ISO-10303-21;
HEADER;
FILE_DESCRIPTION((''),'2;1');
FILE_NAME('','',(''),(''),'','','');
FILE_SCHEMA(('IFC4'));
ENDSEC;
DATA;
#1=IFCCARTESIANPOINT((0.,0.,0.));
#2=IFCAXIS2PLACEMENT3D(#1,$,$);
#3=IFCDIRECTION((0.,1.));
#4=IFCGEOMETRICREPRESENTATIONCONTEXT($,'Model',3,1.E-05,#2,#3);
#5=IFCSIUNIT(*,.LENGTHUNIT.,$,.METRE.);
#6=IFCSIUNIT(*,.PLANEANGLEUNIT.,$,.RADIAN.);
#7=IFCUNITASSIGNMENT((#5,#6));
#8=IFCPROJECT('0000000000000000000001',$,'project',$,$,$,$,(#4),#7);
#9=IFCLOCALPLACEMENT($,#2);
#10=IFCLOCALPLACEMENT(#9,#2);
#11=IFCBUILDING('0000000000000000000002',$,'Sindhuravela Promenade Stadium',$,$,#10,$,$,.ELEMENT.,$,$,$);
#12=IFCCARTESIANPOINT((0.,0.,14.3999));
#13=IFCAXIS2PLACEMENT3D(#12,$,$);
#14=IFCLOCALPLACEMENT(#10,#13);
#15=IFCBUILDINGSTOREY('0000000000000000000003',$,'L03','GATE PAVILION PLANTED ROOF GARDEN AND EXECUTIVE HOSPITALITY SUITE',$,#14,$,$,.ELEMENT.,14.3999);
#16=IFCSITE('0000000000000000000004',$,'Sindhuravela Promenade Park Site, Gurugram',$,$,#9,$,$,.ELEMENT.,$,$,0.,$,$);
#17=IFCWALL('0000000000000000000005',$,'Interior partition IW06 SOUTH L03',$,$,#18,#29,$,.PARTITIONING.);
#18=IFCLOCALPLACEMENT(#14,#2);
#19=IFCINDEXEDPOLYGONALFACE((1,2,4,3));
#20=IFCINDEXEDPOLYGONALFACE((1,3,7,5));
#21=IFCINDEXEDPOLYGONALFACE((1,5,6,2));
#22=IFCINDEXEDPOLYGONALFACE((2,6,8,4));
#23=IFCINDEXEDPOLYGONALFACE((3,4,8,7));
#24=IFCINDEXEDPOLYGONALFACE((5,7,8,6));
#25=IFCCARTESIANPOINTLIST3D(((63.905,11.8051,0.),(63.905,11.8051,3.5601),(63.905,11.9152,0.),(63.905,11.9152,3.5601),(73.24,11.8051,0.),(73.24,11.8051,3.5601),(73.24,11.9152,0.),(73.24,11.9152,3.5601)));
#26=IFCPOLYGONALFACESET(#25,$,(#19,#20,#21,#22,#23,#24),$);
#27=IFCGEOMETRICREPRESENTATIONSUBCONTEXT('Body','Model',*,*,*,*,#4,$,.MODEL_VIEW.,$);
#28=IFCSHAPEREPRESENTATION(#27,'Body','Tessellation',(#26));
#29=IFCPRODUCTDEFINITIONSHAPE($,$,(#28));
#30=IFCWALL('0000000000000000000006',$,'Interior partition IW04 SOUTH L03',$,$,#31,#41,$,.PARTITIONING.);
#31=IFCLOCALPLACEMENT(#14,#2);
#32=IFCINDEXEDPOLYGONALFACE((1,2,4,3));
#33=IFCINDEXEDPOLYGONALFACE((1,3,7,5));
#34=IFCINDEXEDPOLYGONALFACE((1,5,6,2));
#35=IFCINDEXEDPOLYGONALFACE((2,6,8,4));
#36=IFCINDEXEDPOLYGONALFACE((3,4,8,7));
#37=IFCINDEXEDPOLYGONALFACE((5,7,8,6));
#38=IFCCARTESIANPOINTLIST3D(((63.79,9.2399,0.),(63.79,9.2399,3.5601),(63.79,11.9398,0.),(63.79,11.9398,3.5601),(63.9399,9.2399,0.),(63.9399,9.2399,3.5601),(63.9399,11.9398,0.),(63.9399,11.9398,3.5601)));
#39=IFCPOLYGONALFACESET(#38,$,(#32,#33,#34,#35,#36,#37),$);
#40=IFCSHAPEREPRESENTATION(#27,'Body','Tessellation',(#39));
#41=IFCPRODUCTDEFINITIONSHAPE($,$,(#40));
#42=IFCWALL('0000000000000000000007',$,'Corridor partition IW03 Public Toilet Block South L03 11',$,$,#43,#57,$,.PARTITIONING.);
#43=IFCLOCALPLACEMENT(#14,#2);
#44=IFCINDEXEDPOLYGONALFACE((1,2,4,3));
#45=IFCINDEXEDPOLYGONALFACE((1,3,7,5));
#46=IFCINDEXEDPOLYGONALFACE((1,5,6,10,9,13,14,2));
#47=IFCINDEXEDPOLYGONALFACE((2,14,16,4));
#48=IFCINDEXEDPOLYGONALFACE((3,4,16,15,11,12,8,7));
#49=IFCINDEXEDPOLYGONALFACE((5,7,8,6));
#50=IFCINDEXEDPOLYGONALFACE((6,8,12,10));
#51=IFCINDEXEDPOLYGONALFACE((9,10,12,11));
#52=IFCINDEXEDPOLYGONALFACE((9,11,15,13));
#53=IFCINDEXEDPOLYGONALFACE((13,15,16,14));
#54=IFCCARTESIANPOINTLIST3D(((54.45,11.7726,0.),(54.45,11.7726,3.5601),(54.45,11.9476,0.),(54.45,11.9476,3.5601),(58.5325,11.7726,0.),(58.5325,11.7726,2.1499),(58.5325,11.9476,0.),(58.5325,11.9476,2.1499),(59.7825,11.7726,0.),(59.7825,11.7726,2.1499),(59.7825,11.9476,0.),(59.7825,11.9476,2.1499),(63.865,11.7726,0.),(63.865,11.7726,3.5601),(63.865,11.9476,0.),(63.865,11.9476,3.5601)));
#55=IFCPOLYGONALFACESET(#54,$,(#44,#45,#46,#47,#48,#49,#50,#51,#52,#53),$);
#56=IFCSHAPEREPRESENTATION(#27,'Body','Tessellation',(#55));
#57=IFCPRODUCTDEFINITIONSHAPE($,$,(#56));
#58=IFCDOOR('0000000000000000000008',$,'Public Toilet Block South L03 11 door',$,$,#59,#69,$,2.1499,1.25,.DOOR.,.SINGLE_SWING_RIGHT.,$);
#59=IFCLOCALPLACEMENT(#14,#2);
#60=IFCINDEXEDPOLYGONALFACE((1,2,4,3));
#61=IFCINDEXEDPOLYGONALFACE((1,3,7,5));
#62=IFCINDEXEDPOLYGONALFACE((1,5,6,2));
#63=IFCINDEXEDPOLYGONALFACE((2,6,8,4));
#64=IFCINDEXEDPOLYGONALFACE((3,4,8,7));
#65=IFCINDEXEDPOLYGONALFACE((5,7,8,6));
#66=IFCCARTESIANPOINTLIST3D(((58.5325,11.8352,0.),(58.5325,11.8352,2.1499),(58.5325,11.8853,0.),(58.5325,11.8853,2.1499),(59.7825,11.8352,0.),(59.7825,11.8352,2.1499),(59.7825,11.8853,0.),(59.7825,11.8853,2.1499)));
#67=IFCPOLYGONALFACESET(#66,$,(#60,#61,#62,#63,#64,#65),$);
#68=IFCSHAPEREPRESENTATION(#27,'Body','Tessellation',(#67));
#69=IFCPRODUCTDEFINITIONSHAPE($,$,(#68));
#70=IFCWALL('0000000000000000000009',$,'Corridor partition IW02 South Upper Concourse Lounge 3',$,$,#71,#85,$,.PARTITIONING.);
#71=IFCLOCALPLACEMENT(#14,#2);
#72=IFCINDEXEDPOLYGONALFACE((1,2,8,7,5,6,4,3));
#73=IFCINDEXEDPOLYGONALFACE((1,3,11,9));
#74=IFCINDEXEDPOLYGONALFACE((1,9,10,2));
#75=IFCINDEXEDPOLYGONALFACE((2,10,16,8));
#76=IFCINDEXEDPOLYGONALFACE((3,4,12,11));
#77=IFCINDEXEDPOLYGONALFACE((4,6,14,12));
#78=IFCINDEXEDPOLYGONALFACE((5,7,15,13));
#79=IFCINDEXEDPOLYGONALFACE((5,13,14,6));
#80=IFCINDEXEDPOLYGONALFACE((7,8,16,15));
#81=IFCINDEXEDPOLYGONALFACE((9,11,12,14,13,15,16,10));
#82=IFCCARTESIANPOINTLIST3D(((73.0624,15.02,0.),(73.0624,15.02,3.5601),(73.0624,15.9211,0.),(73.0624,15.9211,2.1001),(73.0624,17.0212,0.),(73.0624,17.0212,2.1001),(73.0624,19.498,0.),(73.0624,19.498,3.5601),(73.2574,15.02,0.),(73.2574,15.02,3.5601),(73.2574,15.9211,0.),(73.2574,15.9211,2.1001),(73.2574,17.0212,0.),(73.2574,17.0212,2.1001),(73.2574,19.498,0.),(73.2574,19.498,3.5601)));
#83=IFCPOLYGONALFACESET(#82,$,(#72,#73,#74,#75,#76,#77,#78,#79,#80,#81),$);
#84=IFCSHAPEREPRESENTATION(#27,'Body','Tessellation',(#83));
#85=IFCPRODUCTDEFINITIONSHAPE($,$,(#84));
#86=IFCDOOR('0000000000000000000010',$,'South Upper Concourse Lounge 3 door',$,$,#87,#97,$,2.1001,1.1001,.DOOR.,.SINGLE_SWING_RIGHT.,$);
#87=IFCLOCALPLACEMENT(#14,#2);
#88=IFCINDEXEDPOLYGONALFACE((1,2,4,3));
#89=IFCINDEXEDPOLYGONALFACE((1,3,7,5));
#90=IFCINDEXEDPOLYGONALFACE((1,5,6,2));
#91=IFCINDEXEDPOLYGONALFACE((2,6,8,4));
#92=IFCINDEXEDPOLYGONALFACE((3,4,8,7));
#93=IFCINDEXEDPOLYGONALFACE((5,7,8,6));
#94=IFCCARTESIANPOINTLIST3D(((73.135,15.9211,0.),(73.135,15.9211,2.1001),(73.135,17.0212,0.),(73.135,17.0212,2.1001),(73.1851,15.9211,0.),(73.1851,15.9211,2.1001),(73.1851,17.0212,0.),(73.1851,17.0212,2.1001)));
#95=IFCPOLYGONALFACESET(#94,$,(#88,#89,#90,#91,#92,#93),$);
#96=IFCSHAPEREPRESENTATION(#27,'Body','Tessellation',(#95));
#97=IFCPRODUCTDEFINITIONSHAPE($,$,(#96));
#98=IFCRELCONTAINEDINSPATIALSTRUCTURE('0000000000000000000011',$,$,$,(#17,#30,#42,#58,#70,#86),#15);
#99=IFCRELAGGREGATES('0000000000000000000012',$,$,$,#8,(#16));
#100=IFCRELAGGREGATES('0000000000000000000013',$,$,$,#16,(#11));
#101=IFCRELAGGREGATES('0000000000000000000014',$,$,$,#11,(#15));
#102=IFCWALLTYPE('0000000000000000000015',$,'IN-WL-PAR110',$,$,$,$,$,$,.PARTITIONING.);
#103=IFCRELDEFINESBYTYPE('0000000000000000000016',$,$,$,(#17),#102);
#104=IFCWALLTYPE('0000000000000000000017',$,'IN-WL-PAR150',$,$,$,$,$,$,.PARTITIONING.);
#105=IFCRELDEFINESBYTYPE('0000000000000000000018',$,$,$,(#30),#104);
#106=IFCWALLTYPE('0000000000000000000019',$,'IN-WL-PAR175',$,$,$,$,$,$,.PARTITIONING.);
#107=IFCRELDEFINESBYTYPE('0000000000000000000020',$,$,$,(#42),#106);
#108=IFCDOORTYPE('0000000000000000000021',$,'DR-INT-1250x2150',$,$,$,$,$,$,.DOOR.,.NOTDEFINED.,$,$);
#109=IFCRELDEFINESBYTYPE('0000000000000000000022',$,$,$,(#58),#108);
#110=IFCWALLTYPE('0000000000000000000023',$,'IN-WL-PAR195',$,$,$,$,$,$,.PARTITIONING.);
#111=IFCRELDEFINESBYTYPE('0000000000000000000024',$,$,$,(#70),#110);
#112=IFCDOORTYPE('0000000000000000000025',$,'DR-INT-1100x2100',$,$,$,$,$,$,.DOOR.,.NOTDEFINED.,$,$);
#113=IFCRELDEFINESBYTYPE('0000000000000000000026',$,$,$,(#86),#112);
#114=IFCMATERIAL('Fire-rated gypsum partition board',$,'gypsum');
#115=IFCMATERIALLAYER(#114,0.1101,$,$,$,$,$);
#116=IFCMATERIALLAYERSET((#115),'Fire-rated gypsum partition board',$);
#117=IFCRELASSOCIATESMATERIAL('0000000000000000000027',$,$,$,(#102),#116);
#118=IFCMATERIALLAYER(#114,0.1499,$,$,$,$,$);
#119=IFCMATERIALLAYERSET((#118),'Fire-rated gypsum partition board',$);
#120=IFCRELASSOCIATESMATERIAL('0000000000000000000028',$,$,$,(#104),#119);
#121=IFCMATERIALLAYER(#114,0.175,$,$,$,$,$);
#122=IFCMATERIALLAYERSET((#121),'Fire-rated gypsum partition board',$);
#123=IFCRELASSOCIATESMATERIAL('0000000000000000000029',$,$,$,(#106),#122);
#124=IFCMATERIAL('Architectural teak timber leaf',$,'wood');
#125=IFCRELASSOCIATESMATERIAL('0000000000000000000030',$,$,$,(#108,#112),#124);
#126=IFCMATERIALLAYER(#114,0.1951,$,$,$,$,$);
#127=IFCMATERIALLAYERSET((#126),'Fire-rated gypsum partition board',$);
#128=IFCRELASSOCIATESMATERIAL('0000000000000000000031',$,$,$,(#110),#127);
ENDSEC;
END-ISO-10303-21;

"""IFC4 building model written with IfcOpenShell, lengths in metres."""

from ifc_helpers import new_model, si_unit, direction, frame, frame_2d, origin, place, context, subcontext, project, spatial, rectangle, extrude, material, layer, layer_set, type_object, element, fill, save


model = new_model("IFC4")

# Units and contexts
model_context = context("Model", 3, precision=1e-05, world=origin(), true_north=direction((0.0, 1.0)))
body_context = subcontext(model_context, "Body", "Model", "MODEL_VIEW")
ifc_project = project(units=[si_unit("LENGTHUNIT", "METRE"), si_unit("PLANEANGLEUNIT", "RADIAN")], contexts=[model_context])

# Site, building, storey
site_placement = place(None, origin())
site = spatial("IfcSite", under=ifc_project, at=site_placement, Name="Sindhuravela Promenade Park Site, Gurugram", CompositionType="ELEMENT", RefElevation=0.0)
building_placement = place(site_placement, origin())
building = spatial("IfcBuilding", under=site, at=building_placement, Name="Sindhuravela Promenade Stadium", CompositionType="ELEMENT")
storey_placement = place(building_placement, frame((0.0, 0.0, 14.3999)))
storey = spatial("IfcBuildingStorey", under=building, at=storey_placement, Name="L03", Description="GATE PAVILION PLANTED ROOF GARDEN AND EXECUTIVE HOSPITALITY SUITE", CompositionType="ELEMENT", Elevation=14.3999)

# Wall
ifc_material_1 = material(Name="Fire-rated gypsum partition board", Category="gypsum")
ifc_layer_1 = layer(ifc_material_1, 0.1101)
ifc_layer_set_1 = layer_set([ifc_layer_1], Name="Fire-rated gypsum partition board")
wall_type_1 = type_object("IfcWallType", Name="IN-WL-PAR110", PredefinedType="PARTITIONING", material=ifc_layer_set_1)
wall_1_placement = place(storey_placement, frame((63.905, 11.8601, 0.0), z_axis=(0.0, 0.0, 1.0), x_axis=(1.0, 0.0, 0.0)))
element("IfcWall", 1, at=wall_1_placement, inside=storey, type_object=wall_type_1, Name="Interior partition IW06 SOUTH L03", PredefinedType="PARTITIONING", context=body_context, shape_type="SweptSolid", body=[
    extrude(rectangle(XDim=9.335, YDim=0.1101, at=frame_2d((4.6675, 0.0))), origin(), (0.0, 0.0, 1.0), 3.5601),
])

# Shared definitions
ifc_material_2 = material(Name="Architectural teak timber leaf", Category="wood")

# Wall
ifc_layer_2 = layer(ifc_material_1, 0.1499)
ifc_layer_set_2 = layer_set([ifc_layer_2], Name="Fire-rated gypsum partition board")
wall_type_2 = type_object("IfcWallType", Name="IN-WL-PAR150", PredefinedType="PARTITIONING", material=ifc_layer_set_2)
wall_2_placement = place(storey_placement, frame((63.865, 11.9399, 0.0), z_axis=(0.0, 0.0, 1.0), x_axis=(0.0, -1.0, 0.0)))
element("IfcWall", 2, at=wall_2_placement, inside=storey, type_object=wall_type_2, Name="Interior partition IW04 SOUTH L03", PredefinedType="PARTITIONING", context=body_context, shape_type="SweptSolid", body=[
    extrude(rectangle(XDim=2.7, YDim=0.1499, at=frame_2d((1.3501, 0.0))), origin(), (0.0, 0.0, 1.0), 3.5601),
])

# Walls, openings, doors
ifc_layer_3 = layer(ifc_material_1, 0.175)
ifc_layer_set_3 = layer_set([ifc_layer_3], Name="Fire-rated gypsum partition board")
wall_type_3 = type_object("IfcWallType", Name="IN-WL-PAR175", PredefinedType="PARTITIONING", material=ifc_layer_set_3)
wall_3_placement = place(storey_placement, frame((63.865, 11.8601, 0.0), z_axis=(0.0, 0.0, 1.0), x_axis=(-1.0, 0.0, 0.0)))
wall_3 = element("IfcWall", 3, at=wall_3_placement, inside=storey, type_object=wall_type_3, Name="Corridor partition IW03 Public Toilet Block South L03 11", PredefinedType="PARTITIONING", context=body_context, shape_type="SweptSolid", body=[
    extrude(rectangle(XDim=9.415, YDim=0.175, at=frame_2d((4.7075, 0.0))), origin(), (0.0, 0.0, 1.0), 3.5601),
])
opening_1_placement = place(wall_3_placement, frame((4.0825, 0.0, 0.0)))
opening_1 = element("IfcOpeningElement", 4, at=opening_1_placement, cuts=wall_3, PredefinedType="OPENING", context=body_context, shape_type="SweptSolid", body=[
    extrude(rectangle(XDim=1.25, YDim=2.1499, at=frame_2d((0.625, 1.075))), frame((0.0, 0.0974, 0.0), z_axis=(0.0, -1.0, 0.0), x_axis=(1.0, 0.0, 0.0)), (0.0, 0.0, 1.0), 0.1951),
])
door_type_1 = type_object("IfcDoorType", Name="DR-INT-1250x2150", OperationType="NOTDEFINED", PredefinedType="DOOR", material=ifc_material_2)
door_1_placement = place(opening_1_placement, origin())
door_1 = element("IfcDoor", 5, at=door_1_placement, inside=storey, type_object=door_type_1, Name="Public Toilet Block South L03 11 door", OperationType="SINGLE_SWING_RIGHT", OverallHeight=2.1499, OverallWidth=1.25, PredefinedType="DOOR", context=body_context, shape_type="SweptSolid", body=[
    extrude(rectangle(XDim=1.25, YDim=2.1499, at=frame_2d((0.625, 1.075))), frame((0.0, 0.0249, 0.0), z_axis=(0.0, -1.0, 0.0), x_axis=(1.0, 0.0, 0.0)), (0.0, 0.0, 1.0), 0.05),
])
fill(opening_1, door_1)
ifc_layer_4 = layer(ifc_material_1, 0.1951)
ifc_layer_set_4 = layer_set([ifc_layer_4], Name="Fire-rated gypsum partition board")
wall_type_4 = type_object("IfcWallType", Name="IN-WL-PAR195", PredefinedType="PARTITIONING", material=ifc_layer_set_4)
wall_4_placement = place(storey_placement, frame((73.1599, 15.02, 0.0), z_axis=(0.0, 0.0, 1.0), x_axis=(0.0, 1.0, 0.0)))
wall_4 = element("IfcWall", 6, at=wall_4_placement, inside=storey, type_object=wall_type_4, Name="Corridor partition IW02 South Upper Concourse Lounge 3", PredefinedType="PARTITIONING", context=body_context, shape_type="SweptSolid", body=[
    extrude(rectangle(XDim=4.478, YDim=0.1951, at=frame_2d((2.239, 0.0))), origin(), (0.0, 0.0, 1.0), 3.5601),
])
opening_2_placement = place(wall_4_placement, frame((0.9011, 0.0, 0.0)))
opening_2 = element("IfcOpeningElement", 7, at=opening_2_placement, cuts=wall_4, PredefinedType="OPENING", context=body_context, shape_type="SweptSolid", body=[
    extrude(rectangle(XDim=1.1001, YDim=2.1001, at=frame_2d((0.55, 1.05))), frame((0.0, 0.1074, 0.0), z_axis=(0.0, -1.0, 0.0), x_axis=(1.0, 0.0, 0.0)), (0.0, 0.0, 1.0), 0.2151),
])
door_type_2 = type_object("IfcDoorType", Name="DR-INT-1100x2100", OperationType="NOTDEFINED", PredefinedType="DOOR", material=ifc_material_2)
door_2_placement = place(opening_2_placement, origin())
door_2 = element("IfcDoor", 8, at=door_2_placement, inside=storey, type_object=door_type_2, Name="South Upper Concourse Lounge 3 door", OperationType="SINGLE_SWING_RIGHT", OverallHeight=2.1001, OverallWidth=1.1001, PredefinedType="DOOR", context=body_context, shape_type="SweptSolid", body=[
    extrude(rectangle(XDim=1.1001, YDim=2.1001, at=frame_2d((0.55, 1.05))), frame((0.0, 0.0249, 0.0), z_axis=(0.0, -1.0, 0.0), x_axis=(1.0, 0.0, 0.0)), (0.0, 0.0, 1.0), 0.05),
])
fill(opening_2, door_2)

save(model, "model.ifc")
